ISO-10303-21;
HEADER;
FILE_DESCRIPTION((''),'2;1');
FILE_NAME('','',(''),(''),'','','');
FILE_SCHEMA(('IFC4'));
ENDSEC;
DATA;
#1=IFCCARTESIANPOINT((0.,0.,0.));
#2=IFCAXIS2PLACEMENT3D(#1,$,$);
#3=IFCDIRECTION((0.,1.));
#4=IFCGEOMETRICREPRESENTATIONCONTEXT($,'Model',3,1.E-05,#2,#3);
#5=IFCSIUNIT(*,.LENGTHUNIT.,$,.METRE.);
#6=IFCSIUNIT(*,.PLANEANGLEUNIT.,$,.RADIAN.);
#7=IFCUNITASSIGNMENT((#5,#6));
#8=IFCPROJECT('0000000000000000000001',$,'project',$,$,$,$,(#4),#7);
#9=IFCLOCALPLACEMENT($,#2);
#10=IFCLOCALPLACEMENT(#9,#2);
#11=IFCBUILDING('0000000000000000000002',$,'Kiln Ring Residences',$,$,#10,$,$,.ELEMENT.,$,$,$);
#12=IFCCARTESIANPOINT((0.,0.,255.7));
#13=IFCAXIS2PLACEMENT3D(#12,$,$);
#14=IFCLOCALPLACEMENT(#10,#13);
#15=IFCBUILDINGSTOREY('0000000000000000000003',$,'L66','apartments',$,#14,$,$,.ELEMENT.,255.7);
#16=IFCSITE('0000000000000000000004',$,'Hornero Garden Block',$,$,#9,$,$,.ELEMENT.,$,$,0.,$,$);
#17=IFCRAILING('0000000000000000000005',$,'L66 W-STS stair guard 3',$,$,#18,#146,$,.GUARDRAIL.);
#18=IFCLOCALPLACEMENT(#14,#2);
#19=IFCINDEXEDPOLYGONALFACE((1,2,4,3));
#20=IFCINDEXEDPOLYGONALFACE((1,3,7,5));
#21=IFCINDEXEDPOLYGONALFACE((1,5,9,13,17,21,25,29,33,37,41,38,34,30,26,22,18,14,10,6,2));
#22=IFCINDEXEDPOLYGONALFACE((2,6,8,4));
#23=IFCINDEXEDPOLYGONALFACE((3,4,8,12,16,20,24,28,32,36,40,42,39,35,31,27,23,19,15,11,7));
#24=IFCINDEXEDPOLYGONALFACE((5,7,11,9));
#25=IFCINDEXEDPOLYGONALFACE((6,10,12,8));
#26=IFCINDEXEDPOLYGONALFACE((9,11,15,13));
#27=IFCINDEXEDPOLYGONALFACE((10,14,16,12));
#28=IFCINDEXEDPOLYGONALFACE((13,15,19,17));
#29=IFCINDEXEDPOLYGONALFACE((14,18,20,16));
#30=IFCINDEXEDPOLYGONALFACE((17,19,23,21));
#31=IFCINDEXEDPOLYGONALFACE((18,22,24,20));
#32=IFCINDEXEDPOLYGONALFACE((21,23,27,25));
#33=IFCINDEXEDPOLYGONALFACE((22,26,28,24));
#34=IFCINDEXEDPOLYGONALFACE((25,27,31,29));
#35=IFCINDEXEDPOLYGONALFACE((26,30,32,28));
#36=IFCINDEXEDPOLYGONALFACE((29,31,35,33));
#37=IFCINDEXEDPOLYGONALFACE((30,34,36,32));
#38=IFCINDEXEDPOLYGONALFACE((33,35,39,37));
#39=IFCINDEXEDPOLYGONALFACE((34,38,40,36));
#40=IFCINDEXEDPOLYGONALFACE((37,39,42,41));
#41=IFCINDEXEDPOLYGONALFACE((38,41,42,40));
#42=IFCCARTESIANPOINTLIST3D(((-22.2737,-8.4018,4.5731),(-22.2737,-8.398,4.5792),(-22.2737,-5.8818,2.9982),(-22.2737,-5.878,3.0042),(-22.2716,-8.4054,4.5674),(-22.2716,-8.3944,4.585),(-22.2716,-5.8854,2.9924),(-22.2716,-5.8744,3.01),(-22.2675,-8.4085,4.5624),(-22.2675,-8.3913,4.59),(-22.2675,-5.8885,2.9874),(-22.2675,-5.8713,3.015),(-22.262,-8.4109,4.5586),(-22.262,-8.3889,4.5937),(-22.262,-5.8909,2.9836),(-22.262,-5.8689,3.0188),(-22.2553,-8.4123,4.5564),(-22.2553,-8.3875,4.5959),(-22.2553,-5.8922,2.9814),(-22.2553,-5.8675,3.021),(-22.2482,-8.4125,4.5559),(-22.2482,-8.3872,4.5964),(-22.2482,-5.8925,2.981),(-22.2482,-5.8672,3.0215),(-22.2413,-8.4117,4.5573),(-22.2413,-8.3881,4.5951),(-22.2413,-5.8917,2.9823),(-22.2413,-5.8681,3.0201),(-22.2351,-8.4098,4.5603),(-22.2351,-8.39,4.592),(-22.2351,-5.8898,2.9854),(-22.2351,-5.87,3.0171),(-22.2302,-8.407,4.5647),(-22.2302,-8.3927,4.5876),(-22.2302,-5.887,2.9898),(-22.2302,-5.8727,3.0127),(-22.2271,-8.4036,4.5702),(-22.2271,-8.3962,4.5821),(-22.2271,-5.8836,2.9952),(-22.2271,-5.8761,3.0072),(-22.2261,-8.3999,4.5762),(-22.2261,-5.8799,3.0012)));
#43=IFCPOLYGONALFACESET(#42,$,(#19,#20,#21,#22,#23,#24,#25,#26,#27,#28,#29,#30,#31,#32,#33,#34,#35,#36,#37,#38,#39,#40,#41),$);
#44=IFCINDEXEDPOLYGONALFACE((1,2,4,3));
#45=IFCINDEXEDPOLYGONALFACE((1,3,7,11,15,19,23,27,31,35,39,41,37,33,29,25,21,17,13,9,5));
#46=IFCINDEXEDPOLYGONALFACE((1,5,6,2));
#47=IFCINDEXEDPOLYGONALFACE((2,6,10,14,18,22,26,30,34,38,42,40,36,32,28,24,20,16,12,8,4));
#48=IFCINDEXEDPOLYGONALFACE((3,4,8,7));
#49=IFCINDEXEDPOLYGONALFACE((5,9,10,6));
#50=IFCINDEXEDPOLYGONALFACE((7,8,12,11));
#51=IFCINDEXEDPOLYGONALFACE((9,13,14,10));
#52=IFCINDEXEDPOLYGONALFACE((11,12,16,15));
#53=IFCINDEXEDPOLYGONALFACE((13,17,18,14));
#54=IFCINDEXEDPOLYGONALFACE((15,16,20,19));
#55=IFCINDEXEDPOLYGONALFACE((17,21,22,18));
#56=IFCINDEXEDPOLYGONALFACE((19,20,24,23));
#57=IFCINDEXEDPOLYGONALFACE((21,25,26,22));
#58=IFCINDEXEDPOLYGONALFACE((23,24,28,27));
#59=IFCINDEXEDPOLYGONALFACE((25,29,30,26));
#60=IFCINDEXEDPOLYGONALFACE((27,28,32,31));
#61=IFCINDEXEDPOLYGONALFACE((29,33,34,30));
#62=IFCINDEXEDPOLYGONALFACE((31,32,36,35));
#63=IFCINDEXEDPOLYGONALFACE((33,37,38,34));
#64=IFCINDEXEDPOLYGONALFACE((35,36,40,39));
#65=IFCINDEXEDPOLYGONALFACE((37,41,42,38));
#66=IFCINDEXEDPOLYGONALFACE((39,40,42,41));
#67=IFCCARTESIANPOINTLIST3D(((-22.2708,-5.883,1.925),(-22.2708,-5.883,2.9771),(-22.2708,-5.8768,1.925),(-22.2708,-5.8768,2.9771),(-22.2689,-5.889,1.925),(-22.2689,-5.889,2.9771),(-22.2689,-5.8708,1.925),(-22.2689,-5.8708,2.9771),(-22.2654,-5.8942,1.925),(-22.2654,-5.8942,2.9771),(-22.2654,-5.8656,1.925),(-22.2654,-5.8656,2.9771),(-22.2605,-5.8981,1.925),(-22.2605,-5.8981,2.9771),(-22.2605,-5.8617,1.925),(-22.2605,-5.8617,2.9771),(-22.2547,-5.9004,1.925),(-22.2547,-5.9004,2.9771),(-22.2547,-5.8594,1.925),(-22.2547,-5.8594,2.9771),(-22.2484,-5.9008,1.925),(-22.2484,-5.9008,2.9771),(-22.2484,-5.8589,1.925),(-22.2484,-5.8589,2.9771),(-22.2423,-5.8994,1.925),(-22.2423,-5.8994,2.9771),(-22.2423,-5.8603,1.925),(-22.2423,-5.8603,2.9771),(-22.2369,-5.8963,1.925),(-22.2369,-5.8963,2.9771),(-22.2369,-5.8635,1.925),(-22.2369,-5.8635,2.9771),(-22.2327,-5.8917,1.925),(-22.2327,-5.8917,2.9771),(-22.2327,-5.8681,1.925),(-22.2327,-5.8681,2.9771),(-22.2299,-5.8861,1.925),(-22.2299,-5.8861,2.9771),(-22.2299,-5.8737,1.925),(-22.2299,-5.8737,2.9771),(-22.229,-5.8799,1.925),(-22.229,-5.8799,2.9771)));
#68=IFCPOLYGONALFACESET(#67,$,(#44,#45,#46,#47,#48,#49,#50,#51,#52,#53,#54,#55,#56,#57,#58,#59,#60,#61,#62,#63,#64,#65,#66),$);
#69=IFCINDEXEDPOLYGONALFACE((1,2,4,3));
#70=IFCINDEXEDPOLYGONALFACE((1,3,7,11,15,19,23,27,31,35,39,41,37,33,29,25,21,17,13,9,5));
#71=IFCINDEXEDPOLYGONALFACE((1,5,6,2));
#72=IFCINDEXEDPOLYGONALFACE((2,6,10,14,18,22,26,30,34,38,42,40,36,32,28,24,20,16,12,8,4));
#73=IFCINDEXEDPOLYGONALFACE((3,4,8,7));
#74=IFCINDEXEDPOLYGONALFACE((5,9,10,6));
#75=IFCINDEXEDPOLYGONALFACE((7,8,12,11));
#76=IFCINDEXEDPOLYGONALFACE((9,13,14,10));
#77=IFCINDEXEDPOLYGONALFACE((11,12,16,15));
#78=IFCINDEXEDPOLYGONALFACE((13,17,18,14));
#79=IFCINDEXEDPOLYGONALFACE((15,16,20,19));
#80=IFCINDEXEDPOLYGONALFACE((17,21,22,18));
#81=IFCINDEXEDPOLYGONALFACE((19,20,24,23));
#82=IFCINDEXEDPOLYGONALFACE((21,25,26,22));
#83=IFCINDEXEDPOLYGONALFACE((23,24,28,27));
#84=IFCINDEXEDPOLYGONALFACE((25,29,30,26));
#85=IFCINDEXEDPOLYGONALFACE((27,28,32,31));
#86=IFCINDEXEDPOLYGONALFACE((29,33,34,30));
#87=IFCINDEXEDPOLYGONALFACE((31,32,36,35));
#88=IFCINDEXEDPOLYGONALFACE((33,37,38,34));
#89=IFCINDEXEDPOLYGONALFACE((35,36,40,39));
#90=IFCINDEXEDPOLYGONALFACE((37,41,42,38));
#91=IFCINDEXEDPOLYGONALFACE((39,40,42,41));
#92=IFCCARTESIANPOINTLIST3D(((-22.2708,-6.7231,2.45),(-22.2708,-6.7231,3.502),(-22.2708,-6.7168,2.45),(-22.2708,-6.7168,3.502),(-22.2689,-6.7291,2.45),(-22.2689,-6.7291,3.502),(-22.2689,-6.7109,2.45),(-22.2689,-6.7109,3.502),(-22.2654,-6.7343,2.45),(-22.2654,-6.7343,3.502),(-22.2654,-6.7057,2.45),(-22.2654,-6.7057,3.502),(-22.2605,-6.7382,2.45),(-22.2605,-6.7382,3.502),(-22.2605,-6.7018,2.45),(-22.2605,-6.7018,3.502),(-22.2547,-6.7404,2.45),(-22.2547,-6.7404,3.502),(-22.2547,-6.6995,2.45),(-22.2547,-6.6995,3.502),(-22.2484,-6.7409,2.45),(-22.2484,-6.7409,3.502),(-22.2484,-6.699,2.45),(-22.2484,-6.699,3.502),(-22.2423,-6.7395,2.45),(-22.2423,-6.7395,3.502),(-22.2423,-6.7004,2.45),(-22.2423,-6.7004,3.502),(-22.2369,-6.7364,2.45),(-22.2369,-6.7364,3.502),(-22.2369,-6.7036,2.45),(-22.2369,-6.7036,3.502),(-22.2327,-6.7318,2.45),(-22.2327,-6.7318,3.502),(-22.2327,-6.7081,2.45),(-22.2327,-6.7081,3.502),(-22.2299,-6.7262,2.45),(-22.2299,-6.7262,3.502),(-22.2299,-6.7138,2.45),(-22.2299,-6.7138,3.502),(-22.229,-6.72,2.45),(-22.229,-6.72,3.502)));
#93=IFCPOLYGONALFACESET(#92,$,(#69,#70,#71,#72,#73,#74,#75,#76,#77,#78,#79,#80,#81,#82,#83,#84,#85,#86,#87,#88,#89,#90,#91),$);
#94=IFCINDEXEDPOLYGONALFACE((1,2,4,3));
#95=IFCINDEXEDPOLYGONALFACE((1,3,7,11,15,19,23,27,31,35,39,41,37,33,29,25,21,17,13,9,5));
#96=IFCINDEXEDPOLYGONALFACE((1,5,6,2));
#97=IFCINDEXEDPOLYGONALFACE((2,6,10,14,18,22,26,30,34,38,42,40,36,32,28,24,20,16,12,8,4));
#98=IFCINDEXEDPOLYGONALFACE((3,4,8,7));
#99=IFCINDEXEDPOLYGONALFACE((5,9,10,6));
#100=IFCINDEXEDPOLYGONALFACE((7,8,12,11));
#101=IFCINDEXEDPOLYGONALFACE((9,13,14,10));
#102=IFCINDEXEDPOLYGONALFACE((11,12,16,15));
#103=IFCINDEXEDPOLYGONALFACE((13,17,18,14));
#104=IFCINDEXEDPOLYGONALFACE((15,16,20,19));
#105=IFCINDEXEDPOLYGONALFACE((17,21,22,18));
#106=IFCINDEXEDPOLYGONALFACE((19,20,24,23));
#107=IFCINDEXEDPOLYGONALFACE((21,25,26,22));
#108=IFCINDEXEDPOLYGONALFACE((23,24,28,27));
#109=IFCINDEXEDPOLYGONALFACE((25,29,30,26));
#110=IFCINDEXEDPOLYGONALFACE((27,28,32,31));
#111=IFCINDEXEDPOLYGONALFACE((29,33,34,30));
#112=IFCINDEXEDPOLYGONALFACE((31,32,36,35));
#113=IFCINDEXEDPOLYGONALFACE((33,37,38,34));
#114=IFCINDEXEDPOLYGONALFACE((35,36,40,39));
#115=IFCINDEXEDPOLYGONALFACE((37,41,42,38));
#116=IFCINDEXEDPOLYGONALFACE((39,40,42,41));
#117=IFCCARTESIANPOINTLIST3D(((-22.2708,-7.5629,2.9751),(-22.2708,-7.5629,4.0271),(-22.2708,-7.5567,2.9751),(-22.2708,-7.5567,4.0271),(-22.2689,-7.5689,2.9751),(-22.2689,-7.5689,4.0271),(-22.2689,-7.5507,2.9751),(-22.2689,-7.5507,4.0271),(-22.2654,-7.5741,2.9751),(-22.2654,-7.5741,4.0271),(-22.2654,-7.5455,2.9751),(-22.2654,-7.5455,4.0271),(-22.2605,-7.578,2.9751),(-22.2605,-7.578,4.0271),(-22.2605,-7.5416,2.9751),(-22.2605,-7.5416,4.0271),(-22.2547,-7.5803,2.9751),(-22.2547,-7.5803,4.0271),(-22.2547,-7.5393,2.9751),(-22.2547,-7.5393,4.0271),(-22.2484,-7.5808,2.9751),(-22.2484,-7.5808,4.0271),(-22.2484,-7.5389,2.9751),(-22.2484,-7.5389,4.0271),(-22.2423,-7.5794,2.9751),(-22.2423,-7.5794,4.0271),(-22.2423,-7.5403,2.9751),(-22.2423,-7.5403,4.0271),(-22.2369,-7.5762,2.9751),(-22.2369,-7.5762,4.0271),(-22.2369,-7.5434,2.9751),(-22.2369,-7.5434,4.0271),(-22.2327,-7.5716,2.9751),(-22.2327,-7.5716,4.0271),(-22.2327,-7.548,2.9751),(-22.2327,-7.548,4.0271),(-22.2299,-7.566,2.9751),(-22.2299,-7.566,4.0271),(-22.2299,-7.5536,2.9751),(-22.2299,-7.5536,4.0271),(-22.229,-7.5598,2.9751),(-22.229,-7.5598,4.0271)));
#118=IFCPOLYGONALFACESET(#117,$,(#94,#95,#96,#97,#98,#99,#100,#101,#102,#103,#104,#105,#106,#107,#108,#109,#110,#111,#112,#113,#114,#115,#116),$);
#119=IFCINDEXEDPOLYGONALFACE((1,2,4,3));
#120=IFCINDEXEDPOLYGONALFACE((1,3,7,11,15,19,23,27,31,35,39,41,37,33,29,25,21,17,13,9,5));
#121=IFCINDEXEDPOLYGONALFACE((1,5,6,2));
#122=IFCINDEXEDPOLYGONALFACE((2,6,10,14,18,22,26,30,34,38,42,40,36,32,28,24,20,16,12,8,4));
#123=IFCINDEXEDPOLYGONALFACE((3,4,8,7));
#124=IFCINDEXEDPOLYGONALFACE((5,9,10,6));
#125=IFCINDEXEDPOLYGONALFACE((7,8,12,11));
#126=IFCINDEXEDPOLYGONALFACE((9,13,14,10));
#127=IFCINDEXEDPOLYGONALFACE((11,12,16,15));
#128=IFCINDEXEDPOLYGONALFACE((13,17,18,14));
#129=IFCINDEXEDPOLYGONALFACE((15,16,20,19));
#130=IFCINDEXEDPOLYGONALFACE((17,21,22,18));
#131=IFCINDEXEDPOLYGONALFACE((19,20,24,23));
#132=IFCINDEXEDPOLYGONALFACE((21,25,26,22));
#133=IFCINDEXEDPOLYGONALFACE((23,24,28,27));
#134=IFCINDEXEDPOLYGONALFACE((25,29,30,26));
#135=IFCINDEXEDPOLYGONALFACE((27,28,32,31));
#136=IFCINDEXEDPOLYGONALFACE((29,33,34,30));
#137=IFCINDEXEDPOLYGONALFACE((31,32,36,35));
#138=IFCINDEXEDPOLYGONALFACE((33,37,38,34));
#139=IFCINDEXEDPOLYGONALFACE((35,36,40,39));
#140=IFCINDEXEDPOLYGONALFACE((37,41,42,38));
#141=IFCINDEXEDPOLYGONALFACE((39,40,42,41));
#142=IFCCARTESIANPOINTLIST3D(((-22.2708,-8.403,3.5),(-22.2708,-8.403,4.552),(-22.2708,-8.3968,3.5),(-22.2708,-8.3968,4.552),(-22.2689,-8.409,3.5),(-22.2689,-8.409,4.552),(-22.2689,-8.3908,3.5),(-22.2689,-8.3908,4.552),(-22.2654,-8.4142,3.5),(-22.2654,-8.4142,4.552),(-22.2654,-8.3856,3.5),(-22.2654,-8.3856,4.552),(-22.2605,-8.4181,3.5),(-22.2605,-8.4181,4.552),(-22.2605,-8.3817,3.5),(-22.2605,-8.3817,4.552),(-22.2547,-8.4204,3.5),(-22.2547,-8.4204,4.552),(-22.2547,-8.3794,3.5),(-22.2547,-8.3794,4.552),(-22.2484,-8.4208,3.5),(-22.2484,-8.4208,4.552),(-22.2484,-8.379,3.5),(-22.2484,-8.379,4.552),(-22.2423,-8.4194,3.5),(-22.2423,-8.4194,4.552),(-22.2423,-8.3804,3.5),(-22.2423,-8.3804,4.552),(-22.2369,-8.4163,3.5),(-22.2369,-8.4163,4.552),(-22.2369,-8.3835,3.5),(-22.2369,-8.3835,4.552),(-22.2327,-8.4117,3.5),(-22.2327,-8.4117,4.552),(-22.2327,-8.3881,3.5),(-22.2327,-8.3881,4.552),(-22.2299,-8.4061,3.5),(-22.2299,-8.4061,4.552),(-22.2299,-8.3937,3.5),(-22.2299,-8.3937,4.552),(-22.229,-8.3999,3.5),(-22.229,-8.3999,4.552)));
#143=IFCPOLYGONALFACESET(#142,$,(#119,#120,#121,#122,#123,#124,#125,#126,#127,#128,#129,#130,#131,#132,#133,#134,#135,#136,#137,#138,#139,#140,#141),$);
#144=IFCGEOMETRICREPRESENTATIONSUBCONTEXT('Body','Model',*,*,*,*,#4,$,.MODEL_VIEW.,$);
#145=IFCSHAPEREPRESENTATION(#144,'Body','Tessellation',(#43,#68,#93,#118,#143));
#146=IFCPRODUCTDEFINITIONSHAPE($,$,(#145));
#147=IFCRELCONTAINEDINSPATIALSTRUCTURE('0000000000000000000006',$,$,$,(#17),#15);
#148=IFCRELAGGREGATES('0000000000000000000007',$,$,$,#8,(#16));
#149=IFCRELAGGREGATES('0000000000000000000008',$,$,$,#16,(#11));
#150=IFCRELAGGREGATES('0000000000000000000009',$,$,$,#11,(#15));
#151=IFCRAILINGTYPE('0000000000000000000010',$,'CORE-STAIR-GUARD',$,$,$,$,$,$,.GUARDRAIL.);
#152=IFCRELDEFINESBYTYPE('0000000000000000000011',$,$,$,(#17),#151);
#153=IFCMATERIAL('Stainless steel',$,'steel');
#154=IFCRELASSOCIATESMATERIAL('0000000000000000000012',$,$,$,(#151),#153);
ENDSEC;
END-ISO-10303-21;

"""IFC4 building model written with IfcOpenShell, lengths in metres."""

from ifc_helpers import new_model, si_unit, direction, frame, origin, origin_2d, place, context, subcontext, project, spatial, circle, extrude, material, type_object, element, save


model = new_model("IFC4")

# Units and contexts
model_context = context("Model", 3, precision=1e-05, world=origin(), true_north=direction((0.0, 1.0)))
body_context = subcontext(model_context, "Body", "Model", "MODEL_VIEW")
ifc_project = project(units=[si_unit("LENGTHUNIT", "METRE"), si_unit("PLANEANGLEUNIT", "RADIAN")], contexts=[model_context])

# Site, building, storey
site_placement = place(None, origin())
site = spatial("IfcSite", under=ifc_project, at=site_placement, Name="Hornero Garden Block", CompositionType="ELEMENT", RefElevation=0.0)
building_placement = place(site_placement, origin())
building = spatial("IfcBuilding", under=site, at=building_placement, Name="Kiln Ring Residences", CompositionType="ELEMENT")
storey_placement = place(building_placement, frame((0.0, 0.0, 255.7)))
storey = spatial("IfcBuildingStorey", under=building, at=storey_placement, Name="L66", Description="apartments", CompositionType="ELEMENT", Elevation=255.7)

# Railing
ifc_material_1 = material(Name="Stainless steel", Category="steel")
railing_type_1 = type_object("IfcRailingType", Name="CORE-STAIR-GUARD", PredefinedType="GUARDRAIL", material=ifc_material_1)
railing_1_placement = place(storey_placement, frame((-22.25, -5.8799, 1.925)))
element("IfcRailing", 1, at=railing_1_placement, inside=storey, type_object=railing_type_1, Name="L66 W-STS stair guard 3", PredefinedType="GUARDRAIL", context=body_context, shape_type="SweptSolid", body=[
    extrude(circle(Radius=0.0239, at=origin_2d()), frame((0.0, 0.0, 1.0762), z_axis=(0.0, -0.848008, 0.529984), x_axis=(1.0, 0.0, 0.0)), (0.0, 0.0, 1.0), 2.9717),
    extrude(circle(Radius=0.021, at=origin_2d()), origin(), (0.0, 0.0, 1.0), 1.052),
    extrude(circle(Radius=0.021, at=origin_2d()), frame((0.0, -0.8401, 0.5249)), (0.0, 0.0, 1.0), 1.052),
    extrude(circle(Radius=0.021, at=origin_2d()), frame((0.0, -1.6799, 1.05)), (0.0, 0.0, 1.0), 1.052),
    extrude(circle(Radius=0.021, at=origin_2d()), frame((0.0, -2.52, 1.575)), (0.0, 0.0, 1.0), 1.052),
])

save(model, "model.ifc")
